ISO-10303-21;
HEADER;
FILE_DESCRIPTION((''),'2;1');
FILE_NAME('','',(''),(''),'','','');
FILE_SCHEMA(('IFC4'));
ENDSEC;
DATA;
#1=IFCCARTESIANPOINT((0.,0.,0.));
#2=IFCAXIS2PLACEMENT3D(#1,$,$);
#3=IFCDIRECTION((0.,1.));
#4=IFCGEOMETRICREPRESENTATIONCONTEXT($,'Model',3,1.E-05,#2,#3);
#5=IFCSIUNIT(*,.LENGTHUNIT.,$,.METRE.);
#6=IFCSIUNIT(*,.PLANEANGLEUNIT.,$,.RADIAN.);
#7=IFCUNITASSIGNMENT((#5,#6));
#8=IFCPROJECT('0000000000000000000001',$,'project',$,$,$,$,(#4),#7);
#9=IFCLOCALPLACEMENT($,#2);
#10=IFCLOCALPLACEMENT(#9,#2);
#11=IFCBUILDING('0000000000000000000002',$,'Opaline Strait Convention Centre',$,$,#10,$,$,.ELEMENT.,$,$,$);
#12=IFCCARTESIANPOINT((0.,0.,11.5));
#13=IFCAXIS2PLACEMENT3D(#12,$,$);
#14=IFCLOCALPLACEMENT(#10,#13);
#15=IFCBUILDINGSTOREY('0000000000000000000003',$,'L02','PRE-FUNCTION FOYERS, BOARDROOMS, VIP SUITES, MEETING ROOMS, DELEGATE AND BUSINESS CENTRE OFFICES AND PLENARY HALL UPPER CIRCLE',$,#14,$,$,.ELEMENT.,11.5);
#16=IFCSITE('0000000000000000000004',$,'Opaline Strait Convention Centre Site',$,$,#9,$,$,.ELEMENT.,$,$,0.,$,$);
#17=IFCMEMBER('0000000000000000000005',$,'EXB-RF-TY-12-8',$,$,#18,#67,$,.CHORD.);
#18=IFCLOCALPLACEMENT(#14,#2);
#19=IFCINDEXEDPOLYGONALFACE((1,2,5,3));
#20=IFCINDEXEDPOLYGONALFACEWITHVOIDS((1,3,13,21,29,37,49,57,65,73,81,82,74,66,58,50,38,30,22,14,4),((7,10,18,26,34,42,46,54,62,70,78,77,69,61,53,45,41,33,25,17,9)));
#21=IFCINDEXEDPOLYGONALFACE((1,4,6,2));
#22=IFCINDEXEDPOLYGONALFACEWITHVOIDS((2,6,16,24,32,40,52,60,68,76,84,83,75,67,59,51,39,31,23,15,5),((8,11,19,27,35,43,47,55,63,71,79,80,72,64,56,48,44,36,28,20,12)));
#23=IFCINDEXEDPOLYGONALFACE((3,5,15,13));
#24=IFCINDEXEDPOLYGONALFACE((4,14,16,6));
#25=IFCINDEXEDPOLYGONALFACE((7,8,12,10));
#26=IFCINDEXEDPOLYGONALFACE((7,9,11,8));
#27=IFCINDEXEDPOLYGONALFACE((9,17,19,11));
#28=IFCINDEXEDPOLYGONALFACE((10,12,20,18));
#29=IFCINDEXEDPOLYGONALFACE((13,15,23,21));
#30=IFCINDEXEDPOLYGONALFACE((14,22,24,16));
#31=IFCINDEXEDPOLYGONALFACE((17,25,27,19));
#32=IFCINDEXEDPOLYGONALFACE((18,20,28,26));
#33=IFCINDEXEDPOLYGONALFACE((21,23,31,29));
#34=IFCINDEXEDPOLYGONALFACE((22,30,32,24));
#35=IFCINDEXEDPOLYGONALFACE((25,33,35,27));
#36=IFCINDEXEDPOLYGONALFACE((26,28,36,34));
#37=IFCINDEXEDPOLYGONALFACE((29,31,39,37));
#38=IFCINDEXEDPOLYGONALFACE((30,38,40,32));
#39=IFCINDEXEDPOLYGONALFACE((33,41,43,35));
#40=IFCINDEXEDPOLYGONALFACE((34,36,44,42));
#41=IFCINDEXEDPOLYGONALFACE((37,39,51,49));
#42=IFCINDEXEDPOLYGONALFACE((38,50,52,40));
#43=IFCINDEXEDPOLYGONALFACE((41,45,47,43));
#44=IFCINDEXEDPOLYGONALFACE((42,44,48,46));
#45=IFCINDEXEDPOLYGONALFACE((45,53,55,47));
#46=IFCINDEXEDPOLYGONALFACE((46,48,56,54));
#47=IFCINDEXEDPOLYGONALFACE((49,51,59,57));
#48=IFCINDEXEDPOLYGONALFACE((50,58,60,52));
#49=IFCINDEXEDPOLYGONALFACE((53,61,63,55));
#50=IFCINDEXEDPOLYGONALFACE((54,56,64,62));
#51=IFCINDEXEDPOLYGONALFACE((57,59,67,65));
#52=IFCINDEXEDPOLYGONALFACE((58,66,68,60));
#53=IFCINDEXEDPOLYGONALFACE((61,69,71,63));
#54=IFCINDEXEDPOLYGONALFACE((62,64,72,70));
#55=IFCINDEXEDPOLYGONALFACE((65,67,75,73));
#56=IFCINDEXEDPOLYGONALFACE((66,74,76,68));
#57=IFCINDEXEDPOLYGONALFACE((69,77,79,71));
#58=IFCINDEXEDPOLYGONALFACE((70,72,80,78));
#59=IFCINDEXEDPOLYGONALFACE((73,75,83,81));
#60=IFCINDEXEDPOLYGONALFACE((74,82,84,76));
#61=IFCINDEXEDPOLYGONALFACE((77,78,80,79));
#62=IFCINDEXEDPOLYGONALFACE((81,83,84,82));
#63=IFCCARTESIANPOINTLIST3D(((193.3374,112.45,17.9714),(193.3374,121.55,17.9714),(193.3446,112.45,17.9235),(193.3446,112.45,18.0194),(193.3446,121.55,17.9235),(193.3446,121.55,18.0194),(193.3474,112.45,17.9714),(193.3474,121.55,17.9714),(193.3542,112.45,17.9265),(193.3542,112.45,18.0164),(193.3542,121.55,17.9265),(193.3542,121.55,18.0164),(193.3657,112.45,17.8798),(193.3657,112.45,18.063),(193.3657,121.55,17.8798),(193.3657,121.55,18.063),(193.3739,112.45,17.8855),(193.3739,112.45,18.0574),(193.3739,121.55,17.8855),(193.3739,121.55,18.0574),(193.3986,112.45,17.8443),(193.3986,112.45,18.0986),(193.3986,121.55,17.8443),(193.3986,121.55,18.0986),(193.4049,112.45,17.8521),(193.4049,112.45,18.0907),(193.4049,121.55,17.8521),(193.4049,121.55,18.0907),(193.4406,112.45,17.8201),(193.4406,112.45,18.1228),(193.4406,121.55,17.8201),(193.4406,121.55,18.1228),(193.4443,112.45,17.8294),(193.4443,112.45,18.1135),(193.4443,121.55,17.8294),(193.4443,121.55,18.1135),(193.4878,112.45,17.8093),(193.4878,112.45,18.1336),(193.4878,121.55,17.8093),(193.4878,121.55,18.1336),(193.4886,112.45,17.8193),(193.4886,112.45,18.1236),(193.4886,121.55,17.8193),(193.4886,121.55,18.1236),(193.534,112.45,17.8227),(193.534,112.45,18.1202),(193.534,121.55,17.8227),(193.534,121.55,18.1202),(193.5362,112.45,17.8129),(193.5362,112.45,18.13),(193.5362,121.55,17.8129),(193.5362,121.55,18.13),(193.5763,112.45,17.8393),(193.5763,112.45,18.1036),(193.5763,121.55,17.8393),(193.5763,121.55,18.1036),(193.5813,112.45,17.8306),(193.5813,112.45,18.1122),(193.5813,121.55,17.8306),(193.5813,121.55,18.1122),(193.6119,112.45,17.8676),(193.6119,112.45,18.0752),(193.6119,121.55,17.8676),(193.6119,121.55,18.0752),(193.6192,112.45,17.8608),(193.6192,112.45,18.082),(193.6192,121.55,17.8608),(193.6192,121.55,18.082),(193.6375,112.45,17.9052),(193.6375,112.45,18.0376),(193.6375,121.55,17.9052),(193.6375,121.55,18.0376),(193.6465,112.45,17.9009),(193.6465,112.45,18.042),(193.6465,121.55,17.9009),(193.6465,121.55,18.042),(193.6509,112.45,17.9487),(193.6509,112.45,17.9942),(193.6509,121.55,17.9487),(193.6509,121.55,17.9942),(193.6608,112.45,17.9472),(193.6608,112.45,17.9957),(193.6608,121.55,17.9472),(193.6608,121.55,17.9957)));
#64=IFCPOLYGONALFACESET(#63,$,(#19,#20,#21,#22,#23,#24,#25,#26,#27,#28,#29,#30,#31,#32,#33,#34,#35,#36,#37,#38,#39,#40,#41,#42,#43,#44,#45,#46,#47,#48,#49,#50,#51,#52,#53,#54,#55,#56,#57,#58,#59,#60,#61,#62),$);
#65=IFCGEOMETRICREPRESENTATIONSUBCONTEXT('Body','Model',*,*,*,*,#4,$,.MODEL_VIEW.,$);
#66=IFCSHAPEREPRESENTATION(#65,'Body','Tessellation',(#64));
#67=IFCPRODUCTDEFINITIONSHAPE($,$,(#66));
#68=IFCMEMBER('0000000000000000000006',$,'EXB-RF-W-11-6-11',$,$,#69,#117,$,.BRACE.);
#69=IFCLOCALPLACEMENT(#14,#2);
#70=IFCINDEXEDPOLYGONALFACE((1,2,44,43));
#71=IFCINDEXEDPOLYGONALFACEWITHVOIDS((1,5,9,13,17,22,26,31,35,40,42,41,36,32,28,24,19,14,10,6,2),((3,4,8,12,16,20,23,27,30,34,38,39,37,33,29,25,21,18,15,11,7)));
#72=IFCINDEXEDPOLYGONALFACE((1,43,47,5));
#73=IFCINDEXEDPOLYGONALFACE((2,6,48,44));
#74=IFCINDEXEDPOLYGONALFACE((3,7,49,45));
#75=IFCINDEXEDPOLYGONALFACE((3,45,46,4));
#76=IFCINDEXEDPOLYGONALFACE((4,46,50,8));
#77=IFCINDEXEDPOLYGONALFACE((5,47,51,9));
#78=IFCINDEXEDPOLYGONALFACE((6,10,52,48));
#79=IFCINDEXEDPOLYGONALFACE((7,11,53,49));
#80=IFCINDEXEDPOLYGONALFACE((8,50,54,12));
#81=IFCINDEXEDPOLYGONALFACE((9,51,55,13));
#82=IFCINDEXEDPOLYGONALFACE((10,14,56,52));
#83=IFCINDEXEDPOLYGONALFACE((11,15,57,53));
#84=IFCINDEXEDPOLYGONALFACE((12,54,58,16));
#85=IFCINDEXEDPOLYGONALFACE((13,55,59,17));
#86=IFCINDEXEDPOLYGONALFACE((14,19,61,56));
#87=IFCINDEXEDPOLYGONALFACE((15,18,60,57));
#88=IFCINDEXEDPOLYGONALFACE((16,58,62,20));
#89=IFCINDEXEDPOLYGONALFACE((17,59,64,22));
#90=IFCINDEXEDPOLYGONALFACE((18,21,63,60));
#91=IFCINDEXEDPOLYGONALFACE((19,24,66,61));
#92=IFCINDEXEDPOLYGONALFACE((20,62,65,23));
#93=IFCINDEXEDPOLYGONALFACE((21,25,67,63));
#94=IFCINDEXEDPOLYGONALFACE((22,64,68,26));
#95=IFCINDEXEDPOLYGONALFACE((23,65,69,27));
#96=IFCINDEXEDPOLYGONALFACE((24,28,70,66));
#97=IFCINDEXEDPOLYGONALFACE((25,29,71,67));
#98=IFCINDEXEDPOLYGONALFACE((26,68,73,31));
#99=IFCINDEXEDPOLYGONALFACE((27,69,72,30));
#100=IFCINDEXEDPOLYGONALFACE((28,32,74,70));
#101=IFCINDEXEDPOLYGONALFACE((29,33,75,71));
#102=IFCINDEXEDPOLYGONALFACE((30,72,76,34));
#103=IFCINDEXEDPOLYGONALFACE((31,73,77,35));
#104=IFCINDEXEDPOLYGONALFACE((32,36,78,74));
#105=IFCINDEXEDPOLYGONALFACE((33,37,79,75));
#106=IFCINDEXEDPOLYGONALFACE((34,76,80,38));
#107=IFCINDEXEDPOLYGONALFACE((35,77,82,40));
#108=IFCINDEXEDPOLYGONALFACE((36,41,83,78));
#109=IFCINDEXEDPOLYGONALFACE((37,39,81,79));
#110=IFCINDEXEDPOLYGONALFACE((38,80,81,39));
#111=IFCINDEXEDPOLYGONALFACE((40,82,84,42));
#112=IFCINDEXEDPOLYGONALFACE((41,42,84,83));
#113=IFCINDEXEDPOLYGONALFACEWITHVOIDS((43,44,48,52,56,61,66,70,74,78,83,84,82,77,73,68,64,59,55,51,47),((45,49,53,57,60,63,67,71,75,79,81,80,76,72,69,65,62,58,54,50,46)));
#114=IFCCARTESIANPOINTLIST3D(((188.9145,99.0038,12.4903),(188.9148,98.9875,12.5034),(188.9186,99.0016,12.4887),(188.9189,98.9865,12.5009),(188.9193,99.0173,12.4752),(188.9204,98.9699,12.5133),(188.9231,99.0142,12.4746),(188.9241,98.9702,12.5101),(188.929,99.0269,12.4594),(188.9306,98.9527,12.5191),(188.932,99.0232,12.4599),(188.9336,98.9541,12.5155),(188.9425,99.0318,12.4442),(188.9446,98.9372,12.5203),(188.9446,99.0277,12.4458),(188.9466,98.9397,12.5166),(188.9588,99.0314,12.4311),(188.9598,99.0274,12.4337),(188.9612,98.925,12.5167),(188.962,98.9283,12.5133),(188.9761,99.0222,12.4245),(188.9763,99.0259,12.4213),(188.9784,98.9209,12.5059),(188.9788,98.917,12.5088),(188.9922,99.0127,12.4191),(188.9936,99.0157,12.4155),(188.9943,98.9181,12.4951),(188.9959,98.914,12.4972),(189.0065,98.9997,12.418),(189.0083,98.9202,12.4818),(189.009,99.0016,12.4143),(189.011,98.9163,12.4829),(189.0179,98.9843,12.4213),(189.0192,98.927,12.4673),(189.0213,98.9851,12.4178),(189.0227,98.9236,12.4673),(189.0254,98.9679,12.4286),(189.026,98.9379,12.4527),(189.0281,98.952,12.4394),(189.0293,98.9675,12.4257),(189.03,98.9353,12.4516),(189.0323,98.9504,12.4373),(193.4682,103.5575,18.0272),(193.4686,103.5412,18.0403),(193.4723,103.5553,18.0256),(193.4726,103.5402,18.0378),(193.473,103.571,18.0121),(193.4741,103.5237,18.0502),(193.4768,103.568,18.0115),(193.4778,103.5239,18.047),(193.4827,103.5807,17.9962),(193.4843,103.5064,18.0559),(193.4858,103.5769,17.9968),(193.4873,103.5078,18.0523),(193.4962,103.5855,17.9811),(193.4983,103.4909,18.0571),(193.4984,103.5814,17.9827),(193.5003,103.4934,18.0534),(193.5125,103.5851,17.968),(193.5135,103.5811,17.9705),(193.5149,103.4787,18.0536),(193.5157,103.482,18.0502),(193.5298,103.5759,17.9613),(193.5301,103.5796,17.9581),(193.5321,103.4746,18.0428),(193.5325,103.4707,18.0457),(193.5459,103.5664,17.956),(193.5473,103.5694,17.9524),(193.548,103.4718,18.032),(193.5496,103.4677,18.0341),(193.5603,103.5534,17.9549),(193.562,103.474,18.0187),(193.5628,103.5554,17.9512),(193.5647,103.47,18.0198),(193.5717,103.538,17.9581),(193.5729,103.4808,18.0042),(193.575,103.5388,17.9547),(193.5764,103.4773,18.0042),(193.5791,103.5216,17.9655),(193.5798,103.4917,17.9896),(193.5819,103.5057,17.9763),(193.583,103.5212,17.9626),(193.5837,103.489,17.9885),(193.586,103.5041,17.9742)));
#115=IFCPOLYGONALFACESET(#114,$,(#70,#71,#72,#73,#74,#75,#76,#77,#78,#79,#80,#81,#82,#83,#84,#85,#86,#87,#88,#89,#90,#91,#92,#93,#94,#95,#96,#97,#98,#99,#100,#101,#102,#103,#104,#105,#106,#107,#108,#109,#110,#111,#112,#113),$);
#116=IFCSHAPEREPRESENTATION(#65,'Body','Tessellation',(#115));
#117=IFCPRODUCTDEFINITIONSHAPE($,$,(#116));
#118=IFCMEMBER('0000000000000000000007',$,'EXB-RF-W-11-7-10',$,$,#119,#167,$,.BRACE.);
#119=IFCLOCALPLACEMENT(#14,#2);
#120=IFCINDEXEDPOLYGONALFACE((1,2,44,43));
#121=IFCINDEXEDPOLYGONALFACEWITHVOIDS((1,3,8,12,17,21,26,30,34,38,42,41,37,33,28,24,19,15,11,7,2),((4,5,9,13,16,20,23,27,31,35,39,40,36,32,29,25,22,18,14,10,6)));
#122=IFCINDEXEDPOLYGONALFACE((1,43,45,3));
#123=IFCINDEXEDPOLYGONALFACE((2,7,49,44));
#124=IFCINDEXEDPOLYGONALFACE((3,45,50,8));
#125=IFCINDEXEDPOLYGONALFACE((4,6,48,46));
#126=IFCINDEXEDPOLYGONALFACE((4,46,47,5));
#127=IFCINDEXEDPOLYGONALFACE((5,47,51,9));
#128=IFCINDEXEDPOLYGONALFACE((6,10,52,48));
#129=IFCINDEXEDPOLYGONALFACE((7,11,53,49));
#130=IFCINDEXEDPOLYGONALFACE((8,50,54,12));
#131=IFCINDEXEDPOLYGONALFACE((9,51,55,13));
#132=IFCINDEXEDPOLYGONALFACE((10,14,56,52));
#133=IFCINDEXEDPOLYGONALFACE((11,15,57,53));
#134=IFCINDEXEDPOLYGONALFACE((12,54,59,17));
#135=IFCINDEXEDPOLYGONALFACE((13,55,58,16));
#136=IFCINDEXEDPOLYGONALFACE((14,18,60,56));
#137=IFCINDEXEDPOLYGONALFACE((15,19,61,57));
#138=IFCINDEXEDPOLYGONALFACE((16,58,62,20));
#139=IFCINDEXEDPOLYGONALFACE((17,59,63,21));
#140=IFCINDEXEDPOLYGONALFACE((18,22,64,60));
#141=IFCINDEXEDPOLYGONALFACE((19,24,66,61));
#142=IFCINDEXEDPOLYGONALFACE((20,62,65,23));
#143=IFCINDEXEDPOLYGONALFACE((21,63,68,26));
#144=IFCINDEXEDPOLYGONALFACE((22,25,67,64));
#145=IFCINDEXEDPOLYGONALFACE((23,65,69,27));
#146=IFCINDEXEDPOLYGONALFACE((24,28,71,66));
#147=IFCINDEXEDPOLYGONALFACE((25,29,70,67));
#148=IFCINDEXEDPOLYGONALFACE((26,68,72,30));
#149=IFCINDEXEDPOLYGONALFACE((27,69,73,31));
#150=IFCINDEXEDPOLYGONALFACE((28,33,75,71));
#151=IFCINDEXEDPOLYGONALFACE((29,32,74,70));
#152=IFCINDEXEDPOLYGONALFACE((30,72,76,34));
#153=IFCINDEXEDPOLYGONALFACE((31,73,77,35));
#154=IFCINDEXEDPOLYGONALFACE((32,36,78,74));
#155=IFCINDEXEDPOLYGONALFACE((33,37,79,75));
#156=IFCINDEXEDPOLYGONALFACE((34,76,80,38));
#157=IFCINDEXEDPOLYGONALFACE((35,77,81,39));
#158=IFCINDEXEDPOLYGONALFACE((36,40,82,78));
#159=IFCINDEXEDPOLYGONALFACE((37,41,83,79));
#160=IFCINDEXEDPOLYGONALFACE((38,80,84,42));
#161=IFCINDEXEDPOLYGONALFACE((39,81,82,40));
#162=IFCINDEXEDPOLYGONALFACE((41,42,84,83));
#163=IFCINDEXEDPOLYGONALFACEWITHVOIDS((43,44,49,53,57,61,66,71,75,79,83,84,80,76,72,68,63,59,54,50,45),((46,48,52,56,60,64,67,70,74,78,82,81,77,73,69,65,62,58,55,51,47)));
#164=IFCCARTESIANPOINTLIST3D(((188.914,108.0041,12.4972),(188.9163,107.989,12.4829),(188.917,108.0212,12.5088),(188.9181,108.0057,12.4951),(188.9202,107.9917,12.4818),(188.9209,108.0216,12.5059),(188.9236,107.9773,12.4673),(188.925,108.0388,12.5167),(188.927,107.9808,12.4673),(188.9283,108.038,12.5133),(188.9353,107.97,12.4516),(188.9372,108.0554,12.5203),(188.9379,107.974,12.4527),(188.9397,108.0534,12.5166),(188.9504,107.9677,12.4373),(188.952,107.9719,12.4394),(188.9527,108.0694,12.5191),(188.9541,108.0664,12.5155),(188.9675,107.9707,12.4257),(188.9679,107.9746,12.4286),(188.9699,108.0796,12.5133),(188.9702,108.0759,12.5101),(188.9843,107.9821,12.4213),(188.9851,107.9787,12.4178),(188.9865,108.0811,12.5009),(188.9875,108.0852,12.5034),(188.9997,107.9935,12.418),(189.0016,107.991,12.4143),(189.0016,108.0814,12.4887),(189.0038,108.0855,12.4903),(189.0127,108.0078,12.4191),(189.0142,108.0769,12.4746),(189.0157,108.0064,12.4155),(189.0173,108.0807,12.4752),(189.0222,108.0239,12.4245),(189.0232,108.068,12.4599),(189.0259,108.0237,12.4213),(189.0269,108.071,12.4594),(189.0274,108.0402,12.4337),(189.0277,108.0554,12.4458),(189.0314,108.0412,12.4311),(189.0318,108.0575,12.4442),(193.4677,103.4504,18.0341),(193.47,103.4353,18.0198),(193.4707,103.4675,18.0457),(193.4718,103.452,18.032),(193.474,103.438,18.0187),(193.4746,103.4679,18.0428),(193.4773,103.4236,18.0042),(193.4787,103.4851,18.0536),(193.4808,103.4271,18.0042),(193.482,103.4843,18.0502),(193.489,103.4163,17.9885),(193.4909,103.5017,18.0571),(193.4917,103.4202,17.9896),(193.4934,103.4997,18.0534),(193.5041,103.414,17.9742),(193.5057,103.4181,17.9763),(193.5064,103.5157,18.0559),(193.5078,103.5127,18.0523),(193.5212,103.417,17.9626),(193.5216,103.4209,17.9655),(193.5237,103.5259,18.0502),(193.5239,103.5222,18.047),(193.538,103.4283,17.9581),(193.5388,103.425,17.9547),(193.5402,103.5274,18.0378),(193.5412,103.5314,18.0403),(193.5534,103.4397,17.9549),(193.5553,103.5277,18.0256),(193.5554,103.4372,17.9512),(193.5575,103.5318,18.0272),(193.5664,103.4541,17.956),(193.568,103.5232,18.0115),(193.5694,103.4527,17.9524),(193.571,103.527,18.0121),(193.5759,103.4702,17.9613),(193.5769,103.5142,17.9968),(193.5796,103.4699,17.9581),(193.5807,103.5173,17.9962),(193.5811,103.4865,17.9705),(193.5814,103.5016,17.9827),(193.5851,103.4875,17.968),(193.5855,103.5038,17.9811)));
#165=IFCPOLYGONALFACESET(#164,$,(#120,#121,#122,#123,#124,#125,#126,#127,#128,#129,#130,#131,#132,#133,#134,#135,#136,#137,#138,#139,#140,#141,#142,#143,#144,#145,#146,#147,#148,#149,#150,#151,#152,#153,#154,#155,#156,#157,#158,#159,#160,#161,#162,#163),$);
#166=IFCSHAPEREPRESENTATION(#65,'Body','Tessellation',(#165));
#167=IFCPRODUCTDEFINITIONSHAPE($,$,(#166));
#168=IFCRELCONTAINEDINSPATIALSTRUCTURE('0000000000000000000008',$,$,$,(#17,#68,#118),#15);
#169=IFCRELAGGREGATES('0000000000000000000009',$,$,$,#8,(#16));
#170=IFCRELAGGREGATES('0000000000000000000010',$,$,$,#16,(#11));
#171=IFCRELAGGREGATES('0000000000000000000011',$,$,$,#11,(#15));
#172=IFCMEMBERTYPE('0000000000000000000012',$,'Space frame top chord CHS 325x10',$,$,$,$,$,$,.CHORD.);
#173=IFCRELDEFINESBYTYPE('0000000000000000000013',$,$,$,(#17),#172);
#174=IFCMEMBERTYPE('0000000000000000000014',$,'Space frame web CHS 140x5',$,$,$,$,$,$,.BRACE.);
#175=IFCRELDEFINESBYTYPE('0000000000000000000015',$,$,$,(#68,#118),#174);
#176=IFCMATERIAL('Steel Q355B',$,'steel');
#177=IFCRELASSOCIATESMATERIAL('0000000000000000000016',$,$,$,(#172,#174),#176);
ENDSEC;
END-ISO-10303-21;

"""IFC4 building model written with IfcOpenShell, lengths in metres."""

from ifc_helpers import new_model, si_unit, direction, frame, origin, origin_2d, place, context, subcontext, project, spatial, hollow_circle, extrude, material, material_profile, profile_set, type_object, element, save


model = new_model("IFC4")

# Units and contexts
model_context = context("Model", 3, precision=1e-05, world=origin(), true_north=direction((0.0, 1.0)))
body_context = subcontext(model_context, "Body", "Model", "MODEL_VIEW")
ifc_project = project(units=[si_unit("LENGTHUNIT", "METRE"), si_unit("PLANEANGLEUNIT", "RADIAN")], contexts=[model_context])

# Site, building, storey
site_placement = place(None, origin())
site = spatial("IfcSite", under=ifc_project, at=site_placement, Name="Opaline Strait Convention Centre Site", CompositionType="ELEMENT", RefElevation=0.0)
building_placement = place(site_placement, origin())
building = spatial("IfcBuilding", under=site, at=building_placement, Name="Opaline Strait Convention Centre", CompositionType="ELEMENT")
storey_placement = place(building_placement, frame((0.0, 0.0, 11.5)))
storey = spatial("IfcBuildingStorey", under=building, at=storey_placement, Name="L02", Description="PRE-FUNCTION FOYERS, BOARDROOMS, VIP SUITES, MEETING ROOMS, DELEGATE AND BUSINESS CENTRE OFFICES AND PLENARY HALL UPPER CIRCLE", CompositionType="ELEMENT", Elevation=11.5)

# Members
ifc_material = material(Name="Steel Q355B", Category="steel")
ifc_material_profile_1 = material_profile(ifc_material, hollow_circle(Radius=0.1626, WallThickness=0.01, at=origin_2d()), Name="CHS 325x10")
ifc_profile_set_1 = profile_set([ifc_material_profile_1], Name="Steel Q355B")
member_type_1 = type_object("IfcMemberType", Name="Space frame top chord CHS 325x10", PredefinedType="CHORD", material=ifc_profile_set_1)
for number, where, z_axis, x_axis, name in (
    (1, (193.5, 112.45, 17.9714), (0.0, 1.0, 0.0), (-1.0, 0.0, 0.0), "EXB-RF-TY-12-8"),
):
    element("IfcMember", number, at=place(storey_placement, frame(where, z_axis=z_axis, x_axis=x_axis)), inside=storey, type_object=member_type_1, Name=name, PredefinedType="CHORD", context=body_context, shape_type="SweptSolid", body=[
        extrude(hollow_circle(Radius=0.1626, WallThickness=0.01, at=origin_2d()), origin(), (0.0, 0.0, 1.0), 9.1001),
    ])
ifc_material_profile_2 = material_profile(ifc_material, hollow_circle(Radius=0.0701, WallThickness=0.0049, at=origin_2d()), Name="CHS 140x5")
ifc_profile_set_2 = profile_set([ifc_material_profile_2], Name="Steel Q355B")
member_type_2 = type_object("IfcMemberType", Name="Space frame web CHS 140x5", PredefinedType="BRACE", material=ifc_profile_set_2)
for number, where, z_axis, x_axis, name in (
    (2, (193.5269, 103.5269, 18.0042), (-0.536178, -0.536178, -0.65194), (0.707107, -0.707107, 0.0), "EXB-RF-W-11-6-11"),
    (3, (193.5269, 103.4731, 18.0042), (-0.536178, 0.536178, -0.65194), (-0.707107, -0.707107, 0.0), "EXB-RF-W-11-7-10"),
):
    element("IfcMember", number, at=place(storey_placement, frame(where, z_axis=z_axis, x_axis=x_axis)), inside=storey, type_object=member_type_2, Name=name, PredefinedType="BRACE", context=body_context, shape_type="SweptSolid", body=[
        extrude(hollow_circle(Radius=0.0701, WallThickness=0.0049, at=origin_2d()), origin(), (0.0, 0.0, 1.0), 8.4929),
    ])

save(model, "model.ifc")
